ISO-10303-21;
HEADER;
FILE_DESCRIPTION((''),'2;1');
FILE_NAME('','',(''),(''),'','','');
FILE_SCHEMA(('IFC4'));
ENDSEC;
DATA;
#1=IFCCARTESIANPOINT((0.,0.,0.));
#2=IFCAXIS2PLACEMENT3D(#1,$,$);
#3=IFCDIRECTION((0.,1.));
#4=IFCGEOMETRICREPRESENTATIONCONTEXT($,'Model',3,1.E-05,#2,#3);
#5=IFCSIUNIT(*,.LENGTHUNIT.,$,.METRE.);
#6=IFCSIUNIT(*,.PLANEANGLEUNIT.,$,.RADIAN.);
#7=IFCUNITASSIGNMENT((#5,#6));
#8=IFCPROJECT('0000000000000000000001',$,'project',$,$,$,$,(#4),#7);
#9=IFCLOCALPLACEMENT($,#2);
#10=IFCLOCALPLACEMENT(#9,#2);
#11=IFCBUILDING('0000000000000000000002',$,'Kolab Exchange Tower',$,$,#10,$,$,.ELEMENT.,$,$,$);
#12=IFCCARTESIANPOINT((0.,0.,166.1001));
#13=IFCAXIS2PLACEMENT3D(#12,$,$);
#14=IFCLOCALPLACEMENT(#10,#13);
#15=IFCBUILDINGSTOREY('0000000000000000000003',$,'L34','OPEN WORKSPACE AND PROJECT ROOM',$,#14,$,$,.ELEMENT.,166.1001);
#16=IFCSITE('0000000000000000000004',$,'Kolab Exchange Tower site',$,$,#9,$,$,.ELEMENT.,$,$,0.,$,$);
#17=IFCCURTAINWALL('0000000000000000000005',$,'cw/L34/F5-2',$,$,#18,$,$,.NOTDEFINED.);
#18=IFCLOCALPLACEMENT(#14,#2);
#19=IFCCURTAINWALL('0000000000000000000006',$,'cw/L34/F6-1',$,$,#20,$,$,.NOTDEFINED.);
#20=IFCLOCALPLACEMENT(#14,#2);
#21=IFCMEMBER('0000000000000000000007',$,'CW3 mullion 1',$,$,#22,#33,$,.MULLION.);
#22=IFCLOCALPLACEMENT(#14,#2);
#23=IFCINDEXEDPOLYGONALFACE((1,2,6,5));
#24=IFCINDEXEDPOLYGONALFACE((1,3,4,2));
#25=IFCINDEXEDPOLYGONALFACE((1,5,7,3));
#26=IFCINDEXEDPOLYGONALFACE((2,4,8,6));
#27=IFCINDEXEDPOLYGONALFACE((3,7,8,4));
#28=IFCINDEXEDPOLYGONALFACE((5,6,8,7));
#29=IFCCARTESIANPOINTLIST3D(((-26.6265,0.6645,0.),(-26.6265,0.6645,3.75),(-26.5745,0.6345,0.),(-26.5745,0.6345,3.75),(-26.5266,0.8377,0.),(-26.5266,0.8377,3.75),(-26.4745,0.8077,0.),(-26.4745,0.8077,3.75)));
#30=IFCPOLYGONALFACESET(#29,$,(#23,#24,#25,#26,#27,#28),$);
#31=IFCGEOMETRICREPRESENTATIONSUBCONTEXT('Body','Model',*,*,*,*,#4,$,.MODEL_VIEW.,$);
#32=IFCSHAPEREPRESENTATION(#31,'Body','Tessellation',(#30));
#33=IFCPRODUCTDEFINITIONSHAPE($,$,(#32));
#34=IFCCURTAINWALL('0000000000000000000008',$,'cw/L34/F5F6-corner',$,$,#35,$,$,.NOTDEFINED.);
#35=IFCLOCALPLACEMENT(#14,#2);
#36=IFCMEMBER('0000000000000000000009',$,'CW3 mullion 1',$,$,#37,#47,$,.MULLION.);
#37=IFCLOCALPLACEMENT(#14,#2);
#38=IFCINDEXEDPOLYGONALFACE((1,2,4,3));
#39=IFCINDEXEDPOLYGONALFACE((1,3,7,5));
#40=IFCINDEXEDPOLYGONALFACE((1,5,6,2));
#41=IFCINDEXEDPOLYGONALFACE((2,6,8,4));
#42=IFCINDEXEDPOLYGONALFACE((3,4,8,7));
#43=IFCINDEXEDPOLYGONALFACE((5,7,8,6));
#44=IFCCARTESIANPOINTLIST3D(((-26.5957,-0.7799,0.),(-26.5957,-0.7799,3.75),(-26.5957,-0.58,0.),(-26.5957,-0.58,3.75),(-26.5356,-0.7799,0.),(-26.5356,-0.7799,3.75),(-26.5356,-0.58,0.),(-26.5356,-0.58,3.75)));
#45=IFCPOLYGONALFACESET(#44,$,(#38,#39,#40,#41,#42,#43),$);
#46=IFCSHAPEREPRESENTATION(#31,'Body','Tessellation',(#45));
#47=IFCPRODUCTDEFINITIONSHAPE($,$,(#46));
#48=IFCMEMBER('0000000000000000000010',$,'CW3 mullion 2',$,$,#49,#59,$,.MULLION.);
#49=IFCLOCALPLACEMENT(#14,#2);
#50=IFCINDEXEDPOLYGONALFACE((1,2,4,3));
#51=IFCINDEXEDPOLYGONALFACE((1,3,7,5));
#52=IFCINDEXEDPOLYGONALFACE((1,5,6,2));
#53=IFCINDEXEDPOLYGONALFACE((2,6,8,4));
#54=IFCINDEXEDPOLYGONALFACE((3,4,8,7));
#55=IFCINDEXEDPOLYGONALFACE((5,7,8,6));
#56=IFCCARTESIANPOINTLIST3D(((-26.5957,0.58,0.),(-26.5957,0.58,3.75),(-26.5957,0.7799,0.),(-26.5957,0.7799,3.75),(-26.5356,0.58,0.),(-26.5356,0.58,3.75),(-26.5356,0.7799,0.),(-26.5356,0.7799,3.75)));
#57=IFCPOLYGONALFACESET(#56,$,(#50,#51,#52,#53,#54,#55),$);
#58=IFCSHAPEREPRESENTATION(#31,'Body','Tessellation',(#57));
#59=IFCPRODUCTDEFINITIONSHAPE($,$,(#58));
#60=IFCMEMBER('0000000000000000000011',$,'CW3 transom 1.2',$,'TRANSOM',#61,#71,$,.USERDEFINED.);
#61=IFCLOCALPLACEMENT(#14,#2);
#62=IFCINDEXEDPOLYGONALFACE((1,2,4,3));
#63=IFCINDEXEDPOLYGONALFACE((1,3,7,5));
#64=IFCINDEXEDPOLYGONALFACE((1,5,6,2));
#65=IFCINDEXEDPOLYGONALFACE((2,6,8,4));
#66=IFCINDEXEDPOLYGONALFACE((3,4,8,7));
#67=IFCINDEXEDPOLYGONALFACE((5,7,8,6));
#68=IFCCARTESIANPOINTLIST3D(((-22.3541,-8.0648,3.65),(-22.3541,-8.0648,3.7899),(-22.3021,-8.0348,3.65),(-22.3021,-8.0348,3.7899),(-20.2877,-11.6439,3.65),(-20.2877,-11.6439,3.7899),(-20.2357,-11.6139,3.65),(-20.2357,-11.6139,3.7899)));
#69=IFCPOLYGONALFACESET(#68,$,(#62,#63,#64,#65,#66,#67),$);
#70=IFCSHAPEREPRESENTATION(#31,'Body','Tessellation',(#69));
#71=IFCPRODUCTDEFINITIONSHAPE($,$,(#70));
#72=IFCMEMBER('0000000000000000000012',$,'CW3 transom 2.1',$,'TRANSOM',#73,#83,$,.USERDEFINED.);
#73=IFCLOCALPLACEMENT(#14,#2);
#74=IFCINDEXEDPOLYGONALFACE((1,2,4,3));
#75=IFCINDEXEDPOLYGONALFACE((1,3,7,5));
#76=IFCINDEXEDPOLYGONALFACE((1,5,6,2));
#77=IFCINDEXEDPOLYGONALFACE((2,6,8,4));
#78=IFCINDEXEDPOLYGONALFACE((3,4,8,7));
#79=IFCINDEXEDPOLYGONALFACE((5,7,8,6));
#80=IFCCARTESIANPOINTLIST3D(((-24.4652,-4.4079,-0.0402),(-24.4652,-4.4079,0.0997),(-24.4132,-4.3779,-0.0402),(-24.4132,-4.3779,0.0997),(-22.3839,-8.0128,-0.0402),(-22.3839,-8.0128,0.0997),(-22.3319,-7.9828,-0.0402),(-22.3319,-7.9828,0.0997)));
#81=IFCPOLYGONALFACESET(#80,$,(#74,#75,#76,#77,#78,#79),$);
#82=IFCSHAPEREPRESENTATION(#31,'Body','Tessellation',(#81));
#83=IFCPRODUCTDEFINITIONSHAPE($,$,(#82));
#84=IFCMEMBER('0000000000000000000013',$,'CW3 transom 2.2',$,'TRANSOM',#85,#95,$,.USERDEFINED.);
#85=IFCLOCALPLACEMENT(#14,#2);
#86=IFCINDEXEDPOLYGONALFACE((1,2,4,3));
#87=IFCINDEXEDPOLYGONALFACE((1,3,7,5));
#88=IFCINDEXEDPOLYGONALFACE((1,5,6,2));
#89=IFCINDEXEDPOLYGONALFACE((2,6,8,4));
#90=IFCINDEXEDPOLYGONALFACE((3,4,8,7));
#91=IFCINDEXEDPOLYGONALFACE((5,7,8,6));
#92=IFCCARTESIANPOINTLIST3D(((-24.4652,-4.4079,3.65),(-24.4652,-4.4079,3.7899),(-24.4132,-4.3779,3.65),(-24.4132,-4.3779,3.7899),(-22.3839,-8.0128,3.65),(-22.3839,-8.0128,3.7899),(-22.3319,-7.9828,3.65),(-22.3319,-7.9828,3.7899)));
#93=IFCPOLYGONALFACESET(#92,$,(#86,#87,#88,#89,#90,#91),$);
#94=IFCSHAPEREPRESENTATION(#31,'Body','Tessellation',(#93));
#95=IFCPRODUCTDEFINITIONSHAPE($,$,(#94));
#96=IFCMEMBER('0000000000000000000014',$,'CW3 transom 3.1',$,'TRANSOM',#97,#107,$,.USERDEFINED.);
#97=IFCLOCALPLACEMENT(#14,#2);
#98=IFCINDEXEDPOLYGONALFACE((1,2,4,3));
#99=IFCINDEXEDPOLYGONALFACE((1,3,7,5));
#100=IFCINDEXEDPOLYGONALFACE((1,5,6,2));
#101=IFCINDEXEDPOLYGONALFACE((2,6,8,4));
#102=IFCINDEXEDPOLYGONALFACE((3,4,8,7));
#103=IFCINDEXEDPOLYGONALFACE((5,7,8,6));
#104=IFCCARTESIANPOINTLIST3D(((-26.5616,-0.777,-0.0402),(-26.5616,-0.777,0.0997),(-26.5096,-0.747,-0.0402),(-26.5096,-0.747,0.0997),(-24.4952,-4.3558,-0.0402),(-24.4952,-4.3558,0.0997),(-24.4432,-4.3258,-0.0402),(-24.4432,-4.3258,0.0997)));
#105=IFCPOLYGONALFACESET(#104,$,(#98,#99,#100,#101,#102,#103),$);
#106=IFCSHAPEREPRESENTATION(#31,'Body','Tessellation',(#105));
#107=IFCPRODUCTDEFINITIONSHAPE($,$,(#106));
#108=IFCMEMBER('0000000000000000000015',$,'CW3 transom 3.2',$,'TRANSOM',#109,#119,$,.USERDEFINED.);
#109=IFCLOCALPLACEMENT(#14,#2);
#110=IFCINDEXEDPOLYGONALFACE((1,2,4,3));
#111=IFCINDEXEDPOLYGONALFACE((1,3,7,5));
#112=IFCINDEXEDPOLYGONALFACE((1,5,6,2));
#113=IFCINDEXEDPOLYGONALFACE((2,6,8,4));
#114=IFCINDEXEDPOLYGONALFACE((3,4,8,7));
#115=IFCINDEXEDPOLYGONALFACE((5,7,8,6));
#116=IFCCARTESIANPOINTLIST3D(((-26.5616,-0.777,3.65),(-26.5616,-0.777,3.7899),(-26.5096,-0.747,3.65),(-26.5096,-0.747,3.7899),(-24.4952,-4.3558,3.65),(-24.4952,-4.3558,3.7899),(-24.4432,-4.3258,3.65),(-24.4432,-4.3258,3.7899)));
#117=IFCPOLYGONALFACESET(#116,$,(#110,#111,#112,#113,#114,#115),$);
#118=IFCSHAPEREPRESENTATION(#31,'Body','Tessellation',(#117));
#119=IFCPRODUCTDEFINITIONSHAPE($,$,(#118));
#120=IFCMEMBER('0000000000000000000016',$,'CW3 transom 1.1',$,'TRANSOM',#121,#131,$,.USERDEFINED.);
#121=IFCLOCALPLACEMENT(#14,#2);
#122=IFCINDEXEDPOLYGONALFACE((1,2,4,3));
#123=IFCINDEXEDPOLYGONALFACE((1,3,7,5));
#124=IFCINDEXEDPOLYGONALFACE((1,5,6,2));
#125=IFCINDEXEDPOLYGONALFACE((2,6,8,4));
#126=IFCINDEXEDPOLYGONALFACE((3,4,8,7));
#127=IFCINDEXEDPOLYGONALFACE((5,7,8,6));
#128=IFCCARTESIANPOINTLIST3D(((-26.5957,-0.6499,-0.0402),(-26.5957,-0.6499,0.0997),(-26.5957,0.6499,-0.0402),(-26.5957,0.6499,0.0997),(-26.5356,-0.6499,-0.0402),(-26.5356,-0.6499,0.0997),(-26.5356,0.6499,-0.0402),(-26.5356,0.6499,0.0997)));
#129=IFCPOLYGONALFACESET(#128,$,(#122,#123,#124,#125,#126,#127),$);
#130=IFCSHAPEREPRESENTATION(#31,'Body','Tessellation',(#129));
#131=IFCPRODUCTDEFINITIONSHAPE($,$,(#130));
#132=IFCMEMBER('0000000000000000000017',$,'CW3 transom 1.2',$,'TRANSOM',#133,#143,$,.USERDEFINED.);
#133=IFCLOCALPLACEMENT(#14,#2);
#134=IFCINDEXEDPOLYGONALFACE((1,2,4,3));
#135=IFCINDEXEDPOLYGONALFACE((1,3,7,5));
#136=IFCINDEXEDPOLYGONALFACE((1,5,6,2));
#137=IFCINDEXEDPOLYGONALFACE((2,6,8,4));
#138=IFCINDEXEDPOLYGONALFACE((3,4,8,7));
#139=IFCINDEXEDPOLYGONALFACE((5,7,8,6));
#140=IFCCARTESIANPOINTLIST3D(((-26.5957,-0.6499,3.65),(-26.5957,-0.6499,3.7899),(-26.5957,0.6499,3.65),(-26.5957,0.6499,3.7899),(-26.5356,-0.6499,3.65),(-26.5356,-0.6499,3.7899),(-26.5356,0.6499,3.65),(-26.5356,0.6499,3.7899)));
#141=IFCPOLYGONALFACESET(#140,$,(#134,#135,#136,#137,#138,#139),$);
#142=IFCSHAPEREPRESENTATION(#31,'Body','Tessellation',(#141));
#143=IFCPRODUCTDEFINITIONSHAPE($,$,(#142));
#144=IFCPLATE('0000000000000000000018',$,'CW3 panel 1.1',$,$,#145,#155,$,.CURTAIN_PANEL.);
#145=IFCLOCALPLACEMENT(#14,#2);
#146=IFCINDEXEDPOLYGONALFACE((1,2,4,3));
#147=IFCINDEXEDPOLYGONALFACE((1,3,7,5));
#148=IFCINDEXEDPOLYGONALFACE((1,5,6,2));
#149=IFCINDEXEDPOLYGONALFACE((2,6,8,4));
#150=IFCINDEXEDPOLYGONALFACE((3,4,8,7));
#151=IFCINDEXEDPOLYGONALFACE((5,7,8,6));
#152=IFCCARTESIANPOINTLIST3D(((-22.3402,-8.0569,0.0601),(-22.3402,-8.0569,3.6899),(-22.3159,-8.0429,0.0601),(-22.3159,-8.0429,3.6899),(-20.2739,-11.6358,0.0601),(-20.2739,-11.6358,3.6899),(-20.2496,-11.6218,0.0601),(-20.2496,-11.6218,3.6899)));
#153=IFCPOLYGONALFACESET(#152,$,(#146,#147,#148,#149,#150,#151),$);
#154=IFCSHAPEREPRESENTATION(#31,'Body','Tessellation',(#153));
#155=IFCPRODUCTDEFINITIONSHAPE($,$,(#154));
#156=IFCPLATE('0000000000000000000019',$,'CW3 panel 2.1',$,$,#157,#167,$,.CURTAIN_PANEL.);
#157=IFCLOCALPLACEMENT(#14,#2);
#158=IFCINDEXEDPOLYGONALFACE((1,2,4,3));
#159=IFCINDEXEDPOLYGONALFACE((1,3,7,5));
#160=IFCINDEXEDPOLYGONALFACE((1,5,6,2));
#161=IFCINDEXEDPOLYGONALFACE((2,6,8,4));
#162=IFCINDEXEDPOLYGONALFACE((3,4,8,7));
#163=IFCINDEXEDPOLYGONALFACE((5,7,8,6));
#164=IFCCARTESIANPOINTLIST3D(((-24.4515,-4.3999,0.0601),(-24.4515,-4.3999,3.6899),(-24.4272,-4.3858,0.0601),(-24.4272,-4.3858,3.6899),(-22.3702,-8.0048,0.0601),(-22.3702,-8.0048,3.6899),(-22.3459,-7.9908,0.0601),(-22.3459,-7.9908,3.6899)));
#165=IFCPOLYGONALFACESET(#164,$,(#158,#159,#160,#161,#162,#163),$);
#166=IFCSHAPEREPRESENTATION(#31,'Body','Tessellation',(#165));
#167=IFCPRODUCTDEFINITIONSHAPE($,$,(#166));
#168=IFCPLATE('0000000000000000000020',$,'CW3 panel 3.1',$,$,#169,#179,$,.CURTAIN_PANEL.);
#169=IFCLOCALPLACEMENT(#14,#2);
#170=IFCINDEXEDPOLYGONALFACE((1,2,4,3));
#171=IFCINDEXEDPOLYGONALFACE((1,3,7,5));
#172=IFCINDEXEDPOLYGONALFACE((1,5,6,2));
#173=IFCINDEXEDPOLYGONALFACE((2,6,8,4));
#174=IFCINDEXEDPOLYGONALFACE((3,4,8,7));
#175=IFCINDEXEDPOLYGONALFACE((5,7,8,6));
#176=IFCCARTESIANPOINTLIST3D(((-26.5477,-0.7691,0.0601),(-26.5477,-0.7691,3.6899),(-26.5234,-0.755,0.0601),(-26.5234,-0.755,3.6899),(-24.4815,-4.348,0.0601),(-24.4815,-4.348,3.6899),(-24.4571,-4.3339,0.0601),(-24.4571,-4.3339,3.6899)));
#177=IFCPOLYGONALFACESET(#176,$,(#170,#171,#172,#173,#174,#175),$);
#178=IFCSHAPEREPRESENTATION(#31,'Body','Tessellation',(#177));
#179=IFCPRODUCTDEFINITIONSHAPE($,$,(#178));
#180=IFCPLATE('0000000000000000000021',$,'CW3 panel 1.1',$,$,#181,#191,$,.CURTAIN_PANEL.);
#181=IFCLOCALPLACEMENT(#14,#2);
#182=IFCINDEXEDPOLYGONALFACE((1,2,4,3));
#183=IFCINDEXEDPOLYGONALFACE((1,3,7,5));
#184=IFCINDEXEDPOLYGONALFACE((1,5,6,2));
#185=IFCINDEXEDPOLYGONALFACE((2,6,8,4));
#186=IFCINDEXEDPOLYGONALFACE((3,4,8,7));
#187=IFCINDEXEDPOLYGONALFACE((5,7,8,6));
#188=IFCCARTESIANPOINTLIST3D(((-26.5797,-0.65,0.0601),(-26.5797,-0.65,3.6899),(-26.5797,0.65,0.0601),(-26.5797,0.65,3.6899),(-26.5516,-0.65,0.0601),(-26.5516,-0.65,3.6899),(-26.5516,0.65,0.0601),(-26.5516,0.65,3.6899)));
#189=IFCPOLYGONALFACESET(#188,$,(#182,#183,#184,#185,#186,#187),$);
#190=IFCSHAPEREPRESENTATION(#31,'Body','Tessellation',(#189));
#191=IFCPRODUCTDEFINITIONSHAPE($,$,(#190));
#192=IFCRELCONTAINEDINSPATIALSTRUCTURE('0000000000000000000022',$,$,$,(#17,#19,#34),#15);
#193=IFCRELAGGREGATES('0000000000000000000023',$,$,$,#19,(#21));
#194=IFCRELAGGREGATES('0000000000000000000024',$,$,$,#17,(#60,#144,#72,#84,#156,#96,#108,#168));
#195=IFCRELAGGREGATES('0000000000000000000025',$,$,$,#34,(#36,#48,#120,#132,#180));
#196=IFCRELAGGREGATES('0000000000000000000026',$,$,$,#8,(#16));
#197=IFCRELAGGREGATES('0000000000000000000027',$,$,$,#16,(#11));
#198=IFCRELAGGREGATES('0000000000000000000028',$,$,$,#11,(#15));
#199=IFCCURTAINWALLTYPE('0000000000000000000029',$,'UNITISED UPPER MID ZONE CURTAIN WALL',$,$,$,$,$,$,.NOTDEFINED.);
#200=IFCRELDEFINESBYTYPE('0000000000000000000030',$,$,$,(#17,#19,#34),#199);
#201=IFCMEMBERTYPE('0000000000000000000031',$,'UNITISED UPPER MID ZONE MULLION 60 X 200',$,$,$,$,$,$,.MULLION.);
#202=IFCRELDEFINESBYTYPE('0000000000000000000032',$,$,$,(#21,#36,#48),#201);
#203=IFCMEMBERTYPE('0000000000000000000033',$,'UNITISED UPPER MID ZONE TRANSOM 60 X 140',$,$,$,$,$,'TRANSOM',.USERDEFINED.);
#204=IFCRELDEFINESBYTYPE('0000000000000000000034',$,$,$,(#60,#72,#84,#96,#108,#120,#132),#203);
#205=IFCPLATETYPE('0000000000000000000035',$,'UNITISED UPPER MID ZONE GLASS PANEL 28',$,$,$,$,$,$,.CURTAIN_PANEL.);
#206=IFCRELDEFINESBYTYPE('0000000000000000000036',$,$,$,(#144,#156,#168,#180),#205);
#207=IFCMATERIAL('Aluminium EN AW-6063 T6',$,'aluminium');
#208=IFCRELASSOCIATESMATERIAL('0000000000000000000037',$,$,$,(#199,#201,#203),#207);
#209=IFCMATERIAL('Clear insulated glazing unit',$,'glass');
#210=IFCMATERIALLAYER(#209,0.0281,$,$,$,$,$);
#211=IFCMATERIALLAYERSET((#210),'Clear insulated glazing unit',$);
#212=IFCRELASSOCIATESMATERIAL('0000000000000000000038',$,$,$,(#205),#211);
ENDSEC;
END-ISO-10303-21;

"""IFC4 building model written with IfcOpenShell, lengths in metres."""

from ifc_helpers import new_model, si_unit, direction, frame, origin, origin_2d, place, context, subcontext, project, spatial, rectangle, extrude, material, layer, layer_set, material_profile, profile_set, type_object, element, aggregate, save


model = new_model("IFC4")

# Units and contexts
model_context = context("Model", 3, precision=1e-05, world=origin(), true_north=direction((0.0, 1.0)))
body_context = subcontext(model_context, "Body", "Model", "MODEL_VIEW")
ifc_project = project(units=[si_unit("LENGTHUNIT", "METRE"), si_unit("PLANEANGLEUNIT", "RADIAN")], contexts=[model_context])

# Site, building, storey
site_placement = place(None, origin())
site = spatial("IfcSite", under=ifc_project, at=site_placement, Name="Kolab Exchange Tower site", CompositionType="ELEMENT", RefElevation=0.0)
building_placement = place(site_placement, origin())
building = spatial("IfcBuilding", under=site, at=building_placement, Name="Kolab Exchange Tower", CompositionType="ELEMENT")
storey_placement = place(building_placement, frame((0.0, 0.0, 166.1001)))
storey = spatial("IfcBuildingStorey", under=building, at=storey_placement, Name="L34", Description="OPEN WORKSPACE AND PROJECT ROOM", CompositionType="ELEMENT", Elevation=166.1001)

# Curtain wall
ifc_material_1 = material(Name="Aluminium EN AW-6063 T6", Category="aluminium")
curtain_wall_type = type_object("IfcCurtainWallType", Name="UNITISED UPPER MID ZONE CURTAIN WALL", PredefinedType="NOTDEFINED", material=ifc_material_1)
curtain_wall_1_placement = place(storey_placement, origin())
curtain_wall_1 = element("IfcCurtainWall", 1, at=curtain_wall_1_placement, inside=storey, type_object=curtain_wall_type, Name="cw/L34/F5-2", PredefinedType="NOTDEFINED")
ifc_material_profile_1 = material_profile(ifc_material_1, rectangle(XDim=0.0601, YDim=0.2, at=origin_2d()), Name="RECT 60X200")
ifc_profile_set_1 = profile_set([ifc_material_profile_1], Name="Aluminium EN AW-6063 T6")
member_type_1 = type_object("IfcMemberType", Name="UNITISED UPPER MID ZONE MULLION 60 X 200", PredefinedType="MULLION", material=ifc_profile_set_1)

# Curtain wall, member
curtain_wall_2_placement = place(storey_placement, origin())
curtain_wall_2 = element("IfcCurtainWall", 2, at=curtain_wall_2_placement, inside=storey, type_object=curtain_wall_type, Name="cw/L34/F6-1", PredefinedType="NOTDEFINED")
member_1_placement = place(storey_placement, frame((-26.5505, 0.7361, 0.0), z_axis=(0.0, 0.0, 1.0), x_axis=(-0.866025, 0.5, 0.0)))
member_1 = element("IfcMember", 3, at=member_1_placement, type_object=member_type_1, Name="CW3 mullion 1", PredefinedType="MULLION", context=body_context, shape_type="SweptSolid", body=[
    extrude(rectangle(XDim=0.0601, YDim=0.2, at=origin_2d()), origin(), (0.0, 0.0, 1.0), 3.75),
])
aggregate(curtain_wall_2, [member_1])

# Curtain wall, members
curtain_wall_3_placement = place(storey_placement, origin())
curtain_wall_3 = element("IfcCurtainWall", 4, at=curtain_wall_3_placement, inside=storey, type_object=curtain_wall_type, Name="cw/L34/F5F6-corner", PredefinedType="NOTDEFINED")
member_2_placement = place(storey_placement, frame((-26.5657, -0.6799, 0.0), z_axis=(0.0, 0.0, 1.0), x_axis=(-1.0, 0.0, 0.0)))
member_2 = element("IfcMember", 5, at=member_2_placement, type_object=member_type_1, Name="CW3 mullion 1", PredefinedType="MULLION", context=body_context, shape_type="SweptSolid", body=[
    extrude(rectangle(XDim=0.0601, YDim=0.2, at=origin_2d()), origin(), (0.0, 0.0, 1.0), 3.75),
])
member_3_placement = place(storey_placement, frame((-26.5657, 0.6799, 0.0), z_axis=(0.0, 0.0, 1.0), x_axis=(-1.0, 0.0, 0.0)))
member_3 = element("IfcMember", 6, at=member_3_placement, type_object=member_type_1, Name="CW3 mullion 2", PredefinedType="MULLION", context=body_context, shape_type="SweptSolid", body=[
    extrude(rectangle(XDim=0.0601, YDim=0.2, at=origin_2d()), origin(), (0.0, 0.0, 1.0), 3.75),
])

# Members
ifc_material_profile_2 = material_profile(ifc_material_1, rectangle(XDim=0.0601, YDim=0.1399, at=origin_2d()), Name="RECT 60X140")
ifc_profile_set_2 = profile_set([ifc_material_profile_2], Name="Aluminium EN AW-6063 T6")
member_type_2 = type_object("IfcMemberType", Name="UNITISED UPPER MID ZONE TRANSOM 60 X 140", ElementType="TRANSOM", PredefinedType="USERDEFINED", material=ifc_profile_set_2)
member_4_placement = place(storey_placement, frame((-20.2617, -11.6289, 3.72), z_axis=(-0.500002, 0.866024, 0.0), x_axis=(-0.866024, -0.500002, 0.0)))
member_4 = element("IfcMember", 7, at=member_4_placement, type_object=member_type_2, Name="CW3 transom 1.2", ObjectType="TRANSOM", PredefinedType="USERDEFINED", context=body_context, shape_type="SweptSolid", body=[
    extrude(rectangle(XDim=0.0601, YDim=0.1399, at=origin_2d()), origin(), (0.0, 0.0, 1.0), 4.1328),
])
member_5_placement = place(storey_placement, frame((-22.3579, -7.9978, 0.0298), z_axis=(-0.499993, 0.866029, 0.0), x_axis=(-0.866029, -0.499993, 0.0)))
member_5 = element("IfcMember", 8, at=member_5_placement, type_object=member_type_2, Name="CW3 transom 2.1", ObjectType="TRANSOM", PredefinedType="USERDEFINED", context=body_context, shape_type="SweptSolid", body=[
    extrude(rectangle(XDim=0.0601, YDim=0.1399, at=origin_2d()), origin(), (0.0, 0.0, 1.0), 4.1626),
])
member_6_placement = place(storey_placement, frame((-22.3579, -7.9978, 3.72), z_axis=(-0.499993, 0.866029, 0.0), x_axis=(-0.866029, -0.499993, 0.0)))
member_6 = element("IfcMember", 9, at=member_6_placement, type_object=member_type_2, Name="CW3 transom 2.2", ObjectType="TRANSOM", PredefinedType="USERDEFINED", context=body_context, shape_type="SweptSolid", body=[
    extrude(rectangle(XDim=0.0601, YDim=0.1399, at=origin_2d()), origin(), (0.0, 0.0, 1.0), 4.1626),
])
member_7_placement = place(storey_placement, frame((-24.4692, -4.3408, 0.0298), z_axis=(-0.500028, 0.866009, 0.0), x_axis=(-0.866009, -0.500028, 0.0)))
member_7 = element("IfcMember", 10, at=member_7_placement, type_object=member_type_2, Name="CW3 transom 3.1", ObjectType="TRANSOM", PredefinedType="USERDEFINED", context=body_context, shape_type="SweptSolid", body=[
    extrude(rectangle(XDim=0.0601, YDim=0.1399, at=origin_2d()), origin(), (0.0, 0.0, 1.0), 4.1326),
])
member_8_placement = place(storey_placement, frame((-24.4692, -4.3408, 3.72), z_axis=(-0.500028, 0.866009, 0.0), x_axis=(-0.866009, -0.500028, 0.0)))
member_8 = element("IfcMember", 11, at=member_8_placement, type_object=member_type_2, Name="CW3 transom 3.2", ObjectType="TRANSOM", PredefinedType="USERDEFINED", context=body_context, shape_type="SweptSolid", body=[
    extrude(rectangle(XDim=0.0601, YDim=0.1399, at=origin_2d()), origin(), (0.0, 0.0, 1.0), 4.1326),
])
member_9_placement = place(storey_placement, frame((-26.5657, -0.6499, 0.0298), z_axis=(0.0, 1.0, 0.0), x_axis=(-1.0, 0.0, 0.0)))
member_9 = element("IfcMember", 12, at=member_9_placement, type_object=member_type_2, Name="CW3 transom 1.1", ObjectType="TRANSOM", PredefinedType="USERDEFINED", context=body_context, shape_type="SweptSolid", body=[
    extrude(rectangle(XDim=0.0601, YDim=0.1399, at=origin_2d()), origin(), (0.0, 0.0, 1.0), 1.2998),
])
member_10_placement = place(storey_placement, frame((-26.5657, -0.6499, 3.72), z_axis=(0.0, 1.0, 0.0), x_axis=(-1.0, 0.0, 0.0)))
member_10 = element("IfcMember", 13, at=member_10_placement, type_object=member_type_2, Name="CW3 transom 1.2", ObjectType="TRANSOM", PredefinedType="USERDEFINED", context=body_context, shape_type="SweptSolid", body=[
    extrude(rectangle(XDim=0.0601, YDim=0.1399, at=origin_2d()), origin(), (0.0, 0.0, 1.0), 1.2998),
])

# Plates
ifc_material_2 = material(Name="Clear insulated glazing unit", Category="glass")
ifc_layer_1 = layer(ifc_material_2, 0.0281)
ifc_layer_set_1 = layer_set([ifc_layer_1], Name="Clear insulated glazing unit")
plate_type = type_object("IfcPlateType", Name="UNITISED UPPER MID ZONE GLASS PANEL 28", PredefinedType="CURTAIN_PANEL", material=ifc_layer_set_1)
plate_1_placement = place(storey_placement, frame((-21.2949, -9.8394, 0.0601), z_axis=(0.0, 0.0, 1.0), x_axis=(-0.5, 0.866025, 0.0)))
plate_1 = element("IfcPlate", 14, at=plate_1_placement, type_object=plate_type, Name="CW3 panel 1.1", PredefinedType="CURTAIN_PANEL", context=body_context, shape_type="SweptSolid", body=[
    extrude(rectangle(XDim=4.1326, YDim=0.0281, at=origin_2d()), origin(), (0.0, 0.0, 1.0), 3.6299),
])
plate_2_placement = place(storey_placement, frame((-23.3987, -6.1953, 0.0601), z_axis=(0.0, 0.0, 1.0), x_axis=(-0.5, 0.866025, 0.0)))
plate_2 = element("IfcPlate", 15, at=plate_2_placement, type_object=plate_type, Name="CW3 panel 2.1", PredefinedType="CURTAIN_PANEL", context=body_context, shape_type="SweptSolid", body=[
    extrude(rectangle(XDim=4.1626, YDim=0.0281, at=origin_2d()), origin(), (0.0, 0.0, 1.0), 3.6299),
])
plate_3_placement = place(storey_placement, frame((-25.5024, -2.5515, 0.0601), z_axis=(0.0, 0.0, 1.0), x_axis=(-0.5, 0.866025, 0.0)))
plate_3 = element("IfcPlate", 16, at=plate_3_placement, type_object=plate_type, Name="CW3 panel 3.1", PredefinedType="CURTAIN_PANEL", context=body_context, shape_type="SweptSolid", body=[
    extrude(rectangle(XDim=4.1326, YDim=0.0281, at=origin_2d()), origin(), (0.0, 0.0, 1.0), 3.6299),
])
aggregate(curtain_wall_1, [member_4, plate_1, member_5, member_6, plate_2, member_7, member_8, plate_3])
plate_4_placement = place(storey_placement, frame((-26.5657, 0.0, 0.0601), z_axis=(0.0, 0.0, 1.0), x_axis=(0.0, 1.0, 0.0)))
plate_4 = element("IfcPlate", 17, at=plate_4_placement, type_object=plate_type, Name="CW3 panel 1.1", PredefinedType="CURTAIN_PANEL", context=body_context, shape_type="SweptSolid", body=[
    extrude(rectangle(XDim=1.3, YDim=0.0281, at=origin_2d()), origin(), (0.0, 0.0, 1.0), 3.6299),
])
aggregate(curtain_wall_3, [member_2, member_3, member_9, member_10, plate_4])

save(model, "model.ifc")
